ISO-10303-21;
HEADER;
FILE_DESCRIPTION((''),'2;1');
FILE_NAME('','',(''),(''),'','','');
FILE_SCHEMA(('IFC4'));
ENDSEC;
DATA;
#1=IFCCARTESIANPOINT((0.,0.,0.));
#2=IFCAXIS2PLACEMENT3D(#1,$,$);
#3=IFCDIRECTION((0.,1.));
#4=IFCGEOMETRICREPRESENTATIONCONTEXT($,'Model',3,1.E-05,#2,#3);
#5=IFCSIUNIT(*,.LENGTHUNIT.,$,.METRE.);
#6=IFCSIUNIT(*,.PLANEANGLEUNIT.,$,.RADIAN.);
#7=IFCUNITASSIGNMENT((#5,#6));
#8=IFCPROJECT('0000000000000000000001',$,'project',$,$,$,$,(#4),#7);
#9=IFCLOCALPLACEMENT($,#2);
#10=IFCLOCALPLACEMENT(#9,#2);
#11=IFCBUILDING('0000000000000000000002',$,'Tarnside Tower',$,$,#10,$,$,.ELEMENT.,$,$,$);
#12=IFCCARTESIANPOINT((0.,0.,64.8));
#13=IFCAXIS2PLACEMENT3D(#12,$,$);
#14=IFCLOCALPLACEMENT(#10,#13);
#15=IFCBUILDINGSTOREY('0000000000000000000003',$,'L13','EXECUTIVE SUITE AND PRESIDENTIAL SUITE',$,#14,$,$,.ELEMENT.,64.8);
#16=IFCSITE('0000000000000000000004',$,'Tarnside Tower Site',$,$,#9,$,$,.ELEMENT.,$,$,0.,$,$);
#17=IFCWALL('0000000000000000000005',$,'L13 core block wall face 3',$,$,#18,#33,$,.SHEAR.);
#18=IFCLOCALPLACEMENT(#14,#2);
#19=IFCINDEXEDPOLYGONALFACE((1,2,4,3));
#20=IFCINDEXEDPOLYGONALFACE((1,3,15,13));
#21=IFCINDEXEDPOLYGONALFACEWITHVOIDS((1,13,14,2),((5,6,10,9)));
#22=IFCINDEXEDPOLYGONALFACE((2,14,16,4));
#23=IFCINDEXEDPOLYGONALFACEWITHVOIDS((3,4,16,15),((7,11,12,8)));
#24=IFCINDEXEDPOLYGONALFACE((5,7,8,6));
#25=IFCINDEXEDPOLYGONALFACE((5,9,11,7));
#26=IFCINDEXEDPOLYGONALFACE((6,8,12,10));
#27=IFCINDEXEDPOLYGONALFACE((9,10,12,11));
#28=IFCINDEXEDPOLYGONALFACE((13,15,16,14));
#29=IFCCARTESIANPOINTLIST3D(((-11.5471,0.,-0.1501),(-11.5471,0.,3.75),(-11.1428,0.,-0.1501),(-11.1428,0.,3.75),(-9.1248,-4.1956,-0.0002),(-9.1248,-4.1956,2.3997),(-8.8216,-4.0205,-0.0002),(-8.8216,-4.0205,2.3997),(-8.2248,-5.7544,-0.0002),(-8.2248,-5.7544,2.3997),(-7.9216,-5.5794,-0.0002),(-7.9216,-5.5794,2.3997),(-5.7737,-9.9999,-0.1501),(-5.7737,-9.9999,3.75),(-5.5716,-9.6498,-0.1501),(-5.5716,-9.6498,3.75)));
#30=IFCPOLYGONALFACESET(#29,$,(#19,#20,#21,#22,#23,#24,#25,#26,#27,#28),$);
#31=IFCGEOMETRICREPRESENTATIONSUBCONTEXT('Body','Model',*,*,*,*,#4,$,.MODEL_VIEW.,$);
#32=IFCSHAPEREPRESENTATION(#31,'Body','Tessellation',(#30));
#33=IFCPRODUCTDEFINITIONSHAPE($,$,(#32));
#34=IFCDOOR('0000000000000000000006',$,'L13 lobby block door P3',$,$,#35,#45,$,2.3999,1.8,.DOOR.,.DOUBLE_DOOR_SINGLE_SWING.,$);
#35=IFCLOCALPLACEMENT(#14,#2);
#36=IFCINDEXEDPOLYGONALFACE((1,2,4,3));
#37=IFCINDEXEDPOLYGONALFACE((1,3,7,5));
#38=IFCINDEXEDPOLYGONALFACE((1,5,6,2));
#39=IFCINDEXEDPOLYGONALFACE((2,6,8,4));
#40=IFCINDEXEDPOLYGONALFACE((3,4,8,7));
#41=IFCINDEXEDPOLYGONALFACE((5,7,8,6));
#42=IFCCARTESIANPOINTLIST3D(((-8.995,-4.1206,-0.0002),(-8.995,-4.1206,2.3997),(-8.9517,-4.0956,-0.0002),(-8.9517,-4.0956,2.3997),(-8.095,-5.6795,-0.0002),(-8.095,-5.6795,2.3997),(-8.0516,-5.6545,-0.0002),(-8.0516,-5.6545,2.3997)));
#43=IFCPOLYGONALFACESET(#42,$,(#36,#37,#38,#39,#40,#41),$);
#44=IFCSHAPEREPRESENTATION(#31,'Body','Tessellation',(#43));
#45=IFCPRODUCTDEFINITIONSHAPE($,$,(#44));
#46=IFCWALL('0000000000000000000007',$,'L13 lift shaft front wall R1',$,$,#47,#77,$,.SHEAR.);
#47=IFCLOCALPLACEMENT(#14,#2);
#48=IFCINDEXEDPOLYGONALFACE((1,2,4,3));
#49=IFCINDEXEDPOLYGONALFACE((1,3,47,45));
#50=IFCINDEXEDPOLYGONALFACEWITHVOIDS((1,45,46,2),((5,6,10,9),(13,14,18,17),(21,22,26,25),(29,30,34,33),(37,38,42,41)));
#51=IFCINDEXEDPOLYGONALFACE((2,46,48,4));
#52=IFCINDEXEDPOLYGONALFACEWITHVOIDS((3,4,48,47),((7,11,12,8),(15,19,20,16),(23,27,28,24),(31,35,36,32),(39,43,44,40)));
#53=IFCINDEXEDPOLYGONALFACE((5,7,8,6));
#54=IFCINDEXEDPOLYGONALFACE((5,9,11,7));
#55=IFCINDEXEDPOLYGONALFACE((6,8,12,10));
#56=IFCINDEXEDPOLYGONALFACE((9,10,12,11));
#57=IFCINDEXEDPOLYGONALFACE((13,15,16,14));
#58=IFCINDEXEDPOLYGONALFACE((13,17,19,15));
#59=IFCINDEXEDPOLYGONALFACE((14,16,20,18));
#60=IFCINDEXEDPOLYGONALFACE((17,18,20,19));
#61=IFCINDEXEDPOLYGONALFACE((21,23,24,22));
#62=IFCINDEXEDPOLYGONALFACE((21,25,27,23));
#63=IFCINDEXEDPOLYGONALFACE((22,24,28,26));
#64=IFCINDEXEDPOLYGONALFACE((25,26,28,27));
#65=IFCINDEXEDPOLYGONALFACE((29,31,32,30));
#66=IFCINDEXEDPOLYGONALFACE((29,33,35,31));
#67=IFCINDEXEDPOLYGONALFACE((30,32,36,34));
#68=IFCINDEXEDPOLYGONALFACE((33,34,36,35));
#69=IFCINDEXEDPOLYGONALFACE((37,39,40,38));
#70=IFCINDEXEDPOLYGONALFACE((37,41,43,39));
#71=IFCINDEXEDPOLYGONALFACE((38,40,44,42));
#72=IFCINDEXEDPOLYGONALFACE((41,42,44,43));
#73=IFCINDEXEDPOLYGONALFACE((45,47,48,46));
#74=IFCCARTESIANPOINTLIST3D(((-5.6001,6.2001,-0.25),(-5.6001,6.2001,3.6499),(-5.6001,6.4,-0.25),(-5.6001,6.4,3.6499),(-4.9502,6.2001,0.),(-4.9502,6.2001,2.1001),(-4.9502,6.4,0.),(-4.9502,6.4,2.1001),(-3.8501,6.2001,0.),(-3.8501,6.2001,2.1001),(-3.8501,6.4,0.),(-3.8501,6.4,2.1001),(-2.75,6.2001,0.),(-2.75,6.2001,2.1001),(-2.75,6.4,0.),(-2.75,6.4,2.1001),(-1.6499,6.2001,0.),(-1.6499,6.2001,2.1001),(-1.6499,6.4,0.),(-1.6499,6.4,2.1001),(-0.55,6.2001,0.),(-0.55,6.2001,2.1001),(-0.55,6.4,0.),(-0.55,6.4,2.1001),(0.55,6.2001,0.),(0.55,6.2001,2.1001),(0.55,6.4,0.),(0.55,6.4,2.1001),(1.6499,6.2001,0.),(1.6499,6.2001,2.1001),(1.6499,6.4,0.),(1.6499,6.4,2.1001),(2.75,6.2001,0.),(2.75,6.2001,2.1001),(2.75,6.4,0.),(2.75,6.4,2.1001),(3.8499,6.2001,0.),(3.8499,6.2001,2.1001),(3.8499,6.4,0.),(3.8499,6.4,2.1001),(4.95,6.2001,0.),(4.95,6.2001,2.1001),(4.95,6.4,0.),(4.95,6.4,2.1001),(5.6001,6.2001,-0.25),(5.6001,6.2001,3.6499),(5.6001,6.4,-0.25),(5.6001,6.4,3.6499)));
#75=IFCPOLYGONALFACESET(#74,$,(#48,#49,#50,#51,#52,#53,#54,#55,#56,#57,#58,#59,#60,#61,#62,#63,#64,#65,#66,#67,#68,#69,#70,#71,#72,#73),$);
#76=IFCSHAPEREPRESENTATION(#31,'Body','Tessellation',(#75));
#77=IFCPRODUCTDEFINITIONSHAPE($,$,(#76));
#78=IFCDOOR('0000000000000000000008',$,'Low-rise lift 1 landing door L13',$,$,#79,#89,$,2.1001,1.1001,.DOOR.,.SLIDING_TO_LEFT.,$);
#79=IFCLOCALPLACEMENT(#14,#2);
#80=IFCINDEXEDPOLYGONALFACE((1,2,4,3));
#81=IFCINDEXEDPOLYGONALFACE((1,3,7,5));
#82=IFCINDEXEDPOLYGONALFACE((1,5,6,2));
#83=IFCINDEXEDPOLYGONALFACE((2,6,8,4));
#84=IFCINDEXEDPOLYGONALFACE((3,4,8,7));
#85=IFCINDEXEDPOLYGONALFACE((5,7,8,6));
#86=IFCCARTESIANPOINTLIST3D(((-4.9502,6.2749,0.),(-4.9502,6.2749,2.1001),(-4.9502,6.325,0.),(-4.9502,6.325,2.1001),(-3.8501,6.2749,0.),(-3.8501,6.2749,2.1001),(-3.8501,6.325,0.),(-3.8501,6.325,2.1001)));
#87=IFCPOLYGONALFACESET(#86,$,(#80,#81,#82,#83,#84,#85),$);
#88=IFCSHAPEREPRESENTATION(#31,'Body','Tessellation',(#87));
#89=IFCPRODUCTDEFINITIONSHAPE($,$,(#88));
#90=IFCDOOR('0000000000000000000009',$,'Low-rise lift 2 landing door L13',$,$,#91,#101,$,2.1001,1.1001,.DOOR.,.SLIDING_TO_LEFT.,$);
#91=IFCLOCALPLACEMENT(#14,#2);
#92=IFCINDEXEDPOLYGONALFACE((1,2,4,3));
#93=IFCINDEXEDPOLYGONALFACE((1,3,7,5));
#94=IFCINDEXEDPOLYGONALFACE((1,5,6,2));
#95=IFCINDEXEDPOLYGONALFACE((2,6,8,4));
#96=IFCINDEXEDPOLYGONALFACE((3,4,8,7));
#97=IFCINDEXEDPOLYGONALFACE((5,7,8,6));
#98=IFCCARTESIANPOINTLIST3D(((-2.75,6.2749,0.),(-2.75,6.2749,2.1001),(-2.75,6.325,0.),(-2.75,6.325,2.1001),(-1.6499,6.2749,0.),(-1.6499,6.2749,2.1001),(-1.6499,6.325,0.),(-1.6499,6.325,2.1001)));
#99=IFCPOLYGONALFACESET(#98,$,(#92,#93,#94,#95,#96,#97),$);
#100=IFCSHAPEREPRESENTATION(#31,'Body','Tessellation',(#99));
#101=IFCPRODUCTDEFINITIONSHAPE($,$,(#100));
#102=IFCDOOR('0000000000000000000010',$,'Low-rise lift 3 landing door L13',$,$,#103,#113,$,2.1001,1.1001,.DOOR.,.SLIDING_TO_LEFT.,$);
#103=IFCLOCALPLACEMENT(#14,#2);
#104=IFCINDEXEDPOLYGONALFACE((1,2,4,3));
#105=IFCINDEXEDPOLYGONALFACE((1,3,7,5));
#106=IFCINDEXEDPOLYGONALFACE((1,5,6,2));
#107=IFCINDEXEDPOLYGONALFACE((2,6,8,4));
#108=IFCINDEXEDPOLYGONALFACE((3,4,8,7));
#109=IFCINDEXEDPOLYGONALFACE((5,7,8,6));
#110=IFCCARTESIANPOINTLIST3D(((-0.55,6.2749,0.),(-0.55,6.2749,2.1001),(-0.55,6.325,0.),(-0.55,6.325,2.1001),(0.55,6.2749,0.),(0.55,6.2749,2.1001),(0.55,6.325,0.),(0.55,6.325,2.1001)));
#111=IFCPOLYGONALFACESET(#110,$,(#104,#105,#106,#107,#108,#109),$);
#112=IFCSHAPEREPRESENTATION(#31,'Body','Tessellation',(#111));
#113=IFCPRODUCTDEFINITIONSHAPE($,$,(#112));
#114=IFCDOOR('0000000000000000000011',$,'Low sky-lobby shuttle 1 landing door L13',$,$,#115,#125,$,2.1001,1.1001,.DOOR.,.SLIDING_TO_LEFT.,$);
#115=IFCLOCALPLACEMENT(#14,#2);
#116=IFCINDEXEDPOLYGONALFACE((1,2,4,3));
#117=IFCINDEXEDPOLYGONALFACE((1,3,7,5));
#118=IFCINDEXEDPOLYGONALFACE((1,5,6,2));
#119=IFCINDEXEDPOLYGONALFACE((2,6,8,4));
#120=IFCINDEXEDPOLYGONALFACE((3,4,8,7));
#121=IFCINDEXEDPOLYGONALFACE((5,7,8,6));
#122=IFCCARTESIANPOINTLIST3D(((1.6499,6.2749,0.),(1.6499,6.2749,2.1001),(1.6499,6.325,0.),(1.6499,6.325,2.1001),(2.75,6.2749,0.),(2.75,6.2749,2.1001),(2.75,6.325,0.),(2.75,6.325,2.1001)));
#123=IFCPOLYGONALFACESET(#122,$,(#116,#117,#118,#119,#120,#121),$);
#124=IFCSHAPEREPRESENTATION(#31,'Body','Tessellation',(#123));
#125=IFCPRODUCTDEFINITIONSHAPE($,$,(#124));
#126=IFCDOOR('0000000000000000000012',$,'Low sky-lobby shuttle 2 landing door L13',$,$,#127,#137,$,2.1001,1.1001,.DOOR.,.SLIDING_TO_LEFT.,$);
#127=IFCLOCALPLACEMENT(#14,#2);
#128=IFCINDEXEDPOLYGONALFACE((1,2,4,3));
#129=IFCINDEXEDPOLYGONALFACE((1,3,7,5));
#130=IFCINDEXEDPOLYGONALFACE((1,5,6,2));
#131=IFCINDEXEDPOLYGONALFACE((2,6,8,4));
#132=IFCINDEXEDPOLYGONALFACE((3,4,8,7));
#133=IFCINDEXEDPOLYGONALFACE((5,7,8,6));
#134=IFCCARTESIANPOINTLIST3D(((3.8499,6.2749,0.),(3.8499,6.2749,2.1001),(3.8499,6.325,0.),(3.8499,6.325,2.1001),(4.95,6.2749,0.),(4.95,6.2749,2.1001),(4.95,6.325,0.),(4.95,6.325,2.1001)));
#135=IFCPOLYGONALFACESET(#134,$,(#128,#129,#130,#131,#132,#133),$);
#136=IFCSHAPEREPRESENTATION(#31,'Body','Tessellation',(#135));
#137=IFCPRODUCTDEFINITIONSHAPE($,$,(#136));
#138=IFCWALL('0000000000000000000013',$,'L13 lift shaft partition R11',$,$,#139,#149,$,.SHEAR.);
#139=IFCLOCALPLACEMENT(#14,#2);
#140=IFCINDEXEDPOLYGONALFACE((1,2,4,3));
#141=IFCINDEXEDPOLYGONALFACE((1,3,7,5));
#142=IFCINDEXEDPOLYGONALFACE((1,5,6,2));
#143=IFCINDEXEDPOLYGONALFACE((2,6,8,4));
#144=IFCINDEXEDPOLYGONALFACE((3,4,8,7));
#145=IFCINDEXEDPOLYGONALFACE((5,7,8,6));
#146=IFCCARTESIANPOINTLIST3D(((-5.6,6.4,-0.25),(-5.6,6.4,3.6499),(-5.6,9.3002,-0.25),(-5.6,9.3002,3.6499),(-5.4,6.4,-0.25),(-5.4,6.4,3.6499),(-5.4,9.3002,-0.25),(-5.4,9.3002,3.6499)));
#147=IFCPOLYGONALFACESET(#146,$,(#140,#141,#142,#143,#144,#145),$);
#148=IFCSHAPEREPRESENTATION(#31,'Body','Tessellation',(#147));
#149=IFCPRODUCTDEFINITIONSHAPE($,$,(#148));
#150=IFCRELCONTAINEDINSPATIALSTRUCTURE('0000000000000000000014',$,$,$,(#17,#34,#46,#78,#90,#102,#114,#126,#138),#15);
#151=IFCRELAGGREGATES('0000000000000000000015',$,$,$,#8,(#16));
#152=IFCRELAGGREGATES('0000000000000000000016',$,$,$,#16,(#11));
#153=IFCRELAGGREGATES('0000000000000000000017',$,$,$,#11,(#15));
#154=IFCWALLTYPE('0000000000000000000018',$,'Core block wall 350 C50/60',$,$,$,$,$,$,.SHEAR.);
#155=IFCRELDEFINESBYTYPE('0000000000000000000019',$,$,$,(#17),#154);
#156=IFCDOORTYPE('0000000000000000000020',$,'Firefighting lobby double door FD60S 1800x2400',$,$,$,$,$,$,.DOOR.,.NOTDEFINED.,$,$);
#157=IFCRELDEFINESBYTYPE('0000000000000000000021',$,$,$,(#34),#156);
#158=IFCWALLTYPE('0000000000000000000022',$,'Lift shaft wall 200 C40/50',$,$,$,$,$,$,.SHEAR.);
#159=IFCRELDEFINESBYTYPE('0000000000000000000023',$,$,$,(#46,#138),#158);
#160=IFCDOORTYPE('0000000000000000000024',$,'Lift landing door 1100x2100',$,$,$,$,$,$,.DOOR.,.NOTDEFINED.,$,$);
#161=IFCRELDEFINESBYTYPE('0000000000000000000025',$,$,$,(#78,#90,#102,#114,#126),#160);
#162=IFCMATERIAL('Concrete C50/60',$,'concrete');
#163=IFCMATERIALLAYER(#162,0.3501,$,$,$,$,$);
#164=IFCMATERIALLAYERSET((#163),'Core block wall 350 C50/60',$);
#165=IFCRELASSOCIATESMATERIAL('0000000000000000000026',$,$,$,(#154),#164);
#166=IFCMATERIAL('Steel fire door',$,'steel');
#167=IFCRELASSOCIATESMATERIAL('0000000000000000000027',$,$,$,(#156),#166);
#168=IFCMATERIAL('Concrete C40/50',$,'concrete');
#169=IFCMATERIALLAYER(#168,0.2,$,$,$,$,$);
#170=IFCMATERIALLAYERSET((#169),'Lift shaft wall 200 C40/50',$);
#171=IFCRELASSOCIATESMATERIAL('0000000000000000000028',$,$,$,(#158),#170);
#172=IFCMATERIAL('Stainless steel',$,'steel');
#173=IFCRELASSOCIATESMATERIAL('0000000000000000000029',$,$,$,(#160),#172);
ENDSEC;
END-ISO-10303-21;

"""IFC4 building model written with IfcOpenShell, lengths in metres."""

from ifc_helpers import new_model, si_unit, direction, frame, frame_2d, origin, place, context, subcontext, project, spatial, polyline, rectangle, outline, extrude, material, layer, layer_set, type_object, element, fill, save


model = new_model("IFC4")

# Units and contexts
model_context = context("Model", 3, precision=1e-05, world=origin(), true_north=direction((0.0, 1.0)))
body_context = subcontext(model_context, "Body", "Model", "MODEL_VIEW")
ifc_project = project(units=[si_unit("LENGTHUNIT", "METRE"), si_unit("PLANEANGLEUNIT", "RADIAN")], contexts=[model_context])

# Site, building, storey
site_placement = place(None, origin())
site = spatial("IfcSite", under=ifc_project, at=site_placement, Name="Tarnside Tower Site", CompositionType="ELEMENT", RefElevation=0.0)
building_placement = place(site_placement, origin())
building = spatial("IfcBuilding", under=site, at=building_placement, Name="Tarnside Tower", CompositionType="ELEMENT")
storey_placement = place(building_placement, frame((0.0, 0.0, 64.8)))
storey = spatial("IfcBuildingStorey", under=building, at=storey_placement, Name="L13", Description="EXECUTIVE SUITE AND PRESIDENTIAL SUITE", CompositionType="ELEMENT", Elevation=64.8)

# Shared definitions
ifc_material_1 = material(Name="Concrete C40/50", Category="concrete")

# Wall, opening, door
ifc_material_2 = material(Name="Concrete C50/60", Category="concrete")
ifc_layer_1 = layer(ifc_material_2, 0.3501)
ifc_layer_set_1 = layer_set([ifc_layer_1], Name="Core block wall 350 C50/60")
wall_type_1 = type_object("IfcWallType", Name="Core block wall 350 C50/60", PredefinedType="SHEAR", material=ifc_layer_set_1)
wall_1_placement = place(storey_placement, frame((-11.345, 0.0, -0.1501), z_axis=(0.0, 0.0, 1.0), x_axis=(0.499995, -0.866028, 0.0)))
wall_1 = element("IfcWall", 1, at=wall_1_placement, inside=storey, type_object=wall_type_1, Name="L13 core block wall face 3", PredefinedType="SHEAR", context=body_context, shape_type="SweptSolid", body=[
    extrude(outline(polyline([(-0.1011, -0.175), (11.4458, -0.175), (11.2437, 0.175), (0.1011, 0.175), (-0.1011, -0.175)])), origin(), (0.0, 0.0, 1.0), 3.9001),
])
opening_1_placement = place(wall_1_placement, frame((4.7437, 0.0, 0.1499)))
opening_1 = element("IfcOpeningElement", 2, at=opening_1_placement, cuts=wall_1, PredefinedType="OPENING", context=body_context, shape_type="SweptSolid", body=[
    extrude(rectangle(XDim=1.8, YDim=2.3999, at=frame_2d((0.8999, 1.2))), frame((0.0, 0.1851, 0.0), z_axis=(0.0, -1.0, 0.0), x_axis=(1.0, 0.0, 0.0)), (0.0, 0.0, 1.0), 0.3701),
])
ifc_material_3 = material(Name="Steel fire door", Category="steel")
door_type_1 = type_object("IfcDoorType", Name="Firefighting lobby double door FD60S 1800x2400", OperationType="NOTDEFINED", PredefinedType="DOOR", material=ifc_material_3)
door_1_placement = place(opening_1_placement, origin())
door_1 = element("IfcDoor", 3, at=door_1_placement, inside=storey, type_object=door_type_1, Name="L13 lobby block door P3", OperationType="DOUBLE_DOOR_SINGLE_SWING", OverallHeight=2.3999, OverallWidth=1.8, PredefinedType="DOOR", context=body_context, shape_type="SweptSolid", body=[
    extrude(rectangle(XDim=1.8, YDim=2.3999, at=frame_2d((0.8999, 1.2))), frame((0.0, 0.0249, 0.0), z_axis=(0.0, -1.0, 0.0), x_axis=(1.0, 0.0, 0.0)), (0.0, 0.0, 1.0), 0.05),
])
fill(opening_1, door_1)

# Wall, openings, doors
ifc_layer_2 = layer(ifc_material_1, 0.2)
ifc_layer_set_2 = layer_set([ifc_layer_2], Name="Lift shaft wall 200 C40/50")
wall_type_2 = type_object("IfcWallType", Name="Lift shaft wall 200 C40/50", PredefinedType="SHEAR", material=ifc_layer_set_2)
wall_2_placement = place(storey_placement, frame((-5.6001, 6.3, -0.25), z_axis=(0.0, 0.0, 1.0), x_axis=(1.0, 0.0, 0.0)))
wall_2 = element("IfcWall", 4, at=wall_2_placement, inside=storey, type_object=wall_type_2, Name="L13 lift shaft front wall R1", PredefinedType="SHEAR", context=body_context, shape_type="SweptSolid", body=[
    extrude(rectangle(XDim=11.2002, YDim=0.2, at=frame_2d((5.6001, 0.0))), origin(), (0.0, 0.0, 1.0), 3.8999),
])
opening_2_placement = place(wall_2_placement, frame((0.6499, 0.0, 0.25)))
opening_2 = element("IfcOpeningElement", 5, at=opening_2_placement, cuts=wall_2, PredefinedType="OPENING", context=body_context, shape_type="SweptSolid", body=[
    extrude(rectangle(XDim=1.1001, YDim=2.1001, at=frame_2d((0.55, 1.05))), frame((0.0, 0.1099, 0.0), z_axis=(0.0, -1.0, 0.0), x_axis=(1.0, 0.0, 0.0)), (0.0, 0.0, 1.0), 0.22),
])
opening_3_placement = place(wall_2_placement, frame((2.8501, 0.0, 0.25)))
opening_3 = element("IfcOpeningElement", 6, at=opening_3_placement, cuts=wall_2, PredefinedType="OPENING", context=body_context, shape_type="SweptSolid", body=[
    extrude(rectangle(XDim=1.1001, YDim=2.1001, at=frame_2d((0.55, 1.05))), frame((0.0, 0.1099, 0.0), z_axis=(0.0, -1.0, 0.0), x_axis=(1.0, 0.0, 0.0)), (0.0, 0.0, 1.0), 0.22),
])
opening_4_placement = place(wall_2_placement, frame((5.05, 0.0, 0.25)))
opening_4 = element("IfcOpeningElement", 7, at=opening_4_placement, cuts=wall_2, PredefinedType="OPENING", context=body_context, shape_type="SweptSolid", body=[
    extrude(rectangle(XDim=1.1001, YDim=2.1001, at=frame_2d((0.55, 1.05))), frame((0.0, 0.1099, 0.0), z_axis=(0.0, -1.0, 0.0), x_axis=(1.0, 0.0, 0.0)), (0.0, 0.0, 1.0), 0.22),
])
opening_5_placement = place(wall_2_placement, frame((7.25, 0.0, 0.25)))
opening_5 = element("IfcOpeningElement", 8, at=opening_5_placement, cuts=wall_2, PredefinedType="OPENING", context=body_context, shape_type="SweptSolid", body=[
    extrude(rectangle(XDim=1.1001, YDim=2.1001, at=frame_2d((0.55, 1.05))), frame((0.0, 0.1099, 0.0), z_axis=(0.0, -1.0, 0.0), x_axis=(1.0, 0.0, 0.0)), (0.0, 0.0, 1.0), 0.22),
])
opening_6_placement = place(wall_2_placement, frame((9.45, 0.0, 0.25)))
opening_6 = element("IfcOpeningElement", 9, at=opening_6_placement, cuts=wall_2, PredefinedType="OPENING", context=body_context, shape_type="SweptSolid", body=[
    extrude(rectangle(XDim=1.1001, YDim=2.1001, at=frame_2d((0.55, 1.05))), frame((0.0, 0.1099, 0.0), z_axis=(0.0, -1.0, 0.0), x_axis=(1.0, 0.0, 0.0)), (0.0, 0.0, 1.0), 0.22),
])
ifc_material_4 = material(Name="Stainless steel", Category="steel")
door_type_2 = type_object("IfcDoorType", Name="Lift landing door 1100x2100", OperationType="NOTDEFINED", PredefinedType="DOOR", material=ifc_material_4)
door_2_placement = place(opening_2_placement, origin())
door_2 = element("IfcDoor", 10, at=door_2_placement, inside=storey, type_object=door_type_2, Name="Low-rise lift 1 landing door L13", OperationType="SLIDING_TO_LEFT", OverallHeight=2.1001, OverallWidth=1.1001, PredefinedType="DOOR", context=body_context, shape_type="SweptSolid", body=[
    extrude(rectangle(XDim=1.1001, YDim=2.1001, at=frame_2d((0.55, 1.05))), frame((0.0, 0.0249, 0.0), z_axis=(0.0, -1.0, 0.0), x_axis=(1.0, 0.0, 0.0)), (0.0, 0.0, 1.0), 0.05),
])
fill(opening_2, door_2)
door_3_placement = place(opening_3_placement, origin())
door_3 = element("IfcDoor", 11, at=door_3_placement, inside=storey, type_object=door_type_2, Name="Low-rise lift 2 landing door L13", OperationType="SLIDING_TO_LEFT", OverallHeight=2.1001, OverallWidth=1.1001, PredefinedType="DOOR", context=body_context, shape_type="SweptSolid", body=[
    extrude(rectangle(XDim=1.1001, YDim=2.1001, at=frame_2d((0.55, 1.05))), frame((0.0, 0.0249, 0.0), z_axis=(0.0, -1.0, 0.0), x_axis=(1.0, 0.0, 0.0)), (0.0, 0.0, 1.0), 0.05),
])
fill(opening_3, door_3)
door_4_placement = place(opening_4_placement, origin())
door_4 = element("IfcDoor", 12, at=door_4_placement, inside=storey, type_object=door_type_2, Name="Low-rise lift 3 landing door L13", OperationType="SLIDING_TO_LEFT", OverallHeight=2.1001, OverallWidth=1.1001, PredefinedType="DOOR", context=body_context, shape_type="SweptSolid", body=[
    extrude(rectangle(XDim=1.1001, YDim=2.1001, at=frame_2d((0.55, 1.05))), frame((0.0, 0.0249, 0.0), z_axis=(0.0, -1.0, 0.0), x_axis=(1.0, 0.0, 0.0)), (0.0, 0.0, 1.0), 0.05),
])
fill(opening_4, door_4)
door_5_placement = place(opening_5_placement, origin())
door_5 = element("IfcDoor", 13, at=door_5_placement, inside=storey, type_object=door_type_2, Name="Low sky-lobby shuttle 1 landing door L13", OperationType="SLIDING_TO_LEFT", OverallHeight=2.1001, OverallWidth=1.1001, PredefinedType="DOOR", context=body_context, shape_type="SweptSolid", body=[
    extrude(rectangle(XDim=1.1001, YDim=2.1001, at=frame_2d((0.55, 1.05))), frame((0.0, 0.0249, 0.0), z_axis=(0.0, -1.0, 0.0), x_axis=(1.0, 0.0, 0.0)), (0.0, 0.0, 1.0), 0.05),
])
fill(opening_5, door_5)
door_6_placement = place(opening_6_placement, origin())
door_6 = element("IfcDoor", 14, at=door_6_placement, inside=storey, type_object=door_type_2, Name="Low sky-lobby shuttle 2 landing door L13", OperationType="SLIDING_TO_LEFT", OverallHeight=2.1001, OverallWidth=1.1001, PredefinedType="DOOR", context=body_context, shape_type="SweptSolid", body=[
    extrude(rectangle(XDim=1.1001, YDim=2.1001, at=frame_2d((0.55, 1.05))), frame((0.0, 0.0249, 0.0), z_axis=(0.0, -1.0, 0.0), x_axis=(1.0, 0.0, 0.0)), (0.0, 0.0, 1.0), 0.05),
])
fill(opening_6, door_6)

# Wall
wall_3_placement = place(storey_placement, frame((-5.5, 6.3999, -0.25), z_axis=(0.0, 0.0, 1.0), x_axis=(0.0, 1.0, 0.0)))
element("IfcWall", 15, at=wall_3_placement, inside=storey, type_object=wall_type_2, Name="L13 lift shaft partition R11", PredefinedType="SHEAR", context=body_context, shape_type="SweptSolid", body=[
    extrude(rectangle(XDim=2.9001, YDim=0.2, at=frame_2d((1.4502, 0.0))), origin(), (0.0, 0.0, 1.0), 3.8999),
])

save(model, "model.ifc")
